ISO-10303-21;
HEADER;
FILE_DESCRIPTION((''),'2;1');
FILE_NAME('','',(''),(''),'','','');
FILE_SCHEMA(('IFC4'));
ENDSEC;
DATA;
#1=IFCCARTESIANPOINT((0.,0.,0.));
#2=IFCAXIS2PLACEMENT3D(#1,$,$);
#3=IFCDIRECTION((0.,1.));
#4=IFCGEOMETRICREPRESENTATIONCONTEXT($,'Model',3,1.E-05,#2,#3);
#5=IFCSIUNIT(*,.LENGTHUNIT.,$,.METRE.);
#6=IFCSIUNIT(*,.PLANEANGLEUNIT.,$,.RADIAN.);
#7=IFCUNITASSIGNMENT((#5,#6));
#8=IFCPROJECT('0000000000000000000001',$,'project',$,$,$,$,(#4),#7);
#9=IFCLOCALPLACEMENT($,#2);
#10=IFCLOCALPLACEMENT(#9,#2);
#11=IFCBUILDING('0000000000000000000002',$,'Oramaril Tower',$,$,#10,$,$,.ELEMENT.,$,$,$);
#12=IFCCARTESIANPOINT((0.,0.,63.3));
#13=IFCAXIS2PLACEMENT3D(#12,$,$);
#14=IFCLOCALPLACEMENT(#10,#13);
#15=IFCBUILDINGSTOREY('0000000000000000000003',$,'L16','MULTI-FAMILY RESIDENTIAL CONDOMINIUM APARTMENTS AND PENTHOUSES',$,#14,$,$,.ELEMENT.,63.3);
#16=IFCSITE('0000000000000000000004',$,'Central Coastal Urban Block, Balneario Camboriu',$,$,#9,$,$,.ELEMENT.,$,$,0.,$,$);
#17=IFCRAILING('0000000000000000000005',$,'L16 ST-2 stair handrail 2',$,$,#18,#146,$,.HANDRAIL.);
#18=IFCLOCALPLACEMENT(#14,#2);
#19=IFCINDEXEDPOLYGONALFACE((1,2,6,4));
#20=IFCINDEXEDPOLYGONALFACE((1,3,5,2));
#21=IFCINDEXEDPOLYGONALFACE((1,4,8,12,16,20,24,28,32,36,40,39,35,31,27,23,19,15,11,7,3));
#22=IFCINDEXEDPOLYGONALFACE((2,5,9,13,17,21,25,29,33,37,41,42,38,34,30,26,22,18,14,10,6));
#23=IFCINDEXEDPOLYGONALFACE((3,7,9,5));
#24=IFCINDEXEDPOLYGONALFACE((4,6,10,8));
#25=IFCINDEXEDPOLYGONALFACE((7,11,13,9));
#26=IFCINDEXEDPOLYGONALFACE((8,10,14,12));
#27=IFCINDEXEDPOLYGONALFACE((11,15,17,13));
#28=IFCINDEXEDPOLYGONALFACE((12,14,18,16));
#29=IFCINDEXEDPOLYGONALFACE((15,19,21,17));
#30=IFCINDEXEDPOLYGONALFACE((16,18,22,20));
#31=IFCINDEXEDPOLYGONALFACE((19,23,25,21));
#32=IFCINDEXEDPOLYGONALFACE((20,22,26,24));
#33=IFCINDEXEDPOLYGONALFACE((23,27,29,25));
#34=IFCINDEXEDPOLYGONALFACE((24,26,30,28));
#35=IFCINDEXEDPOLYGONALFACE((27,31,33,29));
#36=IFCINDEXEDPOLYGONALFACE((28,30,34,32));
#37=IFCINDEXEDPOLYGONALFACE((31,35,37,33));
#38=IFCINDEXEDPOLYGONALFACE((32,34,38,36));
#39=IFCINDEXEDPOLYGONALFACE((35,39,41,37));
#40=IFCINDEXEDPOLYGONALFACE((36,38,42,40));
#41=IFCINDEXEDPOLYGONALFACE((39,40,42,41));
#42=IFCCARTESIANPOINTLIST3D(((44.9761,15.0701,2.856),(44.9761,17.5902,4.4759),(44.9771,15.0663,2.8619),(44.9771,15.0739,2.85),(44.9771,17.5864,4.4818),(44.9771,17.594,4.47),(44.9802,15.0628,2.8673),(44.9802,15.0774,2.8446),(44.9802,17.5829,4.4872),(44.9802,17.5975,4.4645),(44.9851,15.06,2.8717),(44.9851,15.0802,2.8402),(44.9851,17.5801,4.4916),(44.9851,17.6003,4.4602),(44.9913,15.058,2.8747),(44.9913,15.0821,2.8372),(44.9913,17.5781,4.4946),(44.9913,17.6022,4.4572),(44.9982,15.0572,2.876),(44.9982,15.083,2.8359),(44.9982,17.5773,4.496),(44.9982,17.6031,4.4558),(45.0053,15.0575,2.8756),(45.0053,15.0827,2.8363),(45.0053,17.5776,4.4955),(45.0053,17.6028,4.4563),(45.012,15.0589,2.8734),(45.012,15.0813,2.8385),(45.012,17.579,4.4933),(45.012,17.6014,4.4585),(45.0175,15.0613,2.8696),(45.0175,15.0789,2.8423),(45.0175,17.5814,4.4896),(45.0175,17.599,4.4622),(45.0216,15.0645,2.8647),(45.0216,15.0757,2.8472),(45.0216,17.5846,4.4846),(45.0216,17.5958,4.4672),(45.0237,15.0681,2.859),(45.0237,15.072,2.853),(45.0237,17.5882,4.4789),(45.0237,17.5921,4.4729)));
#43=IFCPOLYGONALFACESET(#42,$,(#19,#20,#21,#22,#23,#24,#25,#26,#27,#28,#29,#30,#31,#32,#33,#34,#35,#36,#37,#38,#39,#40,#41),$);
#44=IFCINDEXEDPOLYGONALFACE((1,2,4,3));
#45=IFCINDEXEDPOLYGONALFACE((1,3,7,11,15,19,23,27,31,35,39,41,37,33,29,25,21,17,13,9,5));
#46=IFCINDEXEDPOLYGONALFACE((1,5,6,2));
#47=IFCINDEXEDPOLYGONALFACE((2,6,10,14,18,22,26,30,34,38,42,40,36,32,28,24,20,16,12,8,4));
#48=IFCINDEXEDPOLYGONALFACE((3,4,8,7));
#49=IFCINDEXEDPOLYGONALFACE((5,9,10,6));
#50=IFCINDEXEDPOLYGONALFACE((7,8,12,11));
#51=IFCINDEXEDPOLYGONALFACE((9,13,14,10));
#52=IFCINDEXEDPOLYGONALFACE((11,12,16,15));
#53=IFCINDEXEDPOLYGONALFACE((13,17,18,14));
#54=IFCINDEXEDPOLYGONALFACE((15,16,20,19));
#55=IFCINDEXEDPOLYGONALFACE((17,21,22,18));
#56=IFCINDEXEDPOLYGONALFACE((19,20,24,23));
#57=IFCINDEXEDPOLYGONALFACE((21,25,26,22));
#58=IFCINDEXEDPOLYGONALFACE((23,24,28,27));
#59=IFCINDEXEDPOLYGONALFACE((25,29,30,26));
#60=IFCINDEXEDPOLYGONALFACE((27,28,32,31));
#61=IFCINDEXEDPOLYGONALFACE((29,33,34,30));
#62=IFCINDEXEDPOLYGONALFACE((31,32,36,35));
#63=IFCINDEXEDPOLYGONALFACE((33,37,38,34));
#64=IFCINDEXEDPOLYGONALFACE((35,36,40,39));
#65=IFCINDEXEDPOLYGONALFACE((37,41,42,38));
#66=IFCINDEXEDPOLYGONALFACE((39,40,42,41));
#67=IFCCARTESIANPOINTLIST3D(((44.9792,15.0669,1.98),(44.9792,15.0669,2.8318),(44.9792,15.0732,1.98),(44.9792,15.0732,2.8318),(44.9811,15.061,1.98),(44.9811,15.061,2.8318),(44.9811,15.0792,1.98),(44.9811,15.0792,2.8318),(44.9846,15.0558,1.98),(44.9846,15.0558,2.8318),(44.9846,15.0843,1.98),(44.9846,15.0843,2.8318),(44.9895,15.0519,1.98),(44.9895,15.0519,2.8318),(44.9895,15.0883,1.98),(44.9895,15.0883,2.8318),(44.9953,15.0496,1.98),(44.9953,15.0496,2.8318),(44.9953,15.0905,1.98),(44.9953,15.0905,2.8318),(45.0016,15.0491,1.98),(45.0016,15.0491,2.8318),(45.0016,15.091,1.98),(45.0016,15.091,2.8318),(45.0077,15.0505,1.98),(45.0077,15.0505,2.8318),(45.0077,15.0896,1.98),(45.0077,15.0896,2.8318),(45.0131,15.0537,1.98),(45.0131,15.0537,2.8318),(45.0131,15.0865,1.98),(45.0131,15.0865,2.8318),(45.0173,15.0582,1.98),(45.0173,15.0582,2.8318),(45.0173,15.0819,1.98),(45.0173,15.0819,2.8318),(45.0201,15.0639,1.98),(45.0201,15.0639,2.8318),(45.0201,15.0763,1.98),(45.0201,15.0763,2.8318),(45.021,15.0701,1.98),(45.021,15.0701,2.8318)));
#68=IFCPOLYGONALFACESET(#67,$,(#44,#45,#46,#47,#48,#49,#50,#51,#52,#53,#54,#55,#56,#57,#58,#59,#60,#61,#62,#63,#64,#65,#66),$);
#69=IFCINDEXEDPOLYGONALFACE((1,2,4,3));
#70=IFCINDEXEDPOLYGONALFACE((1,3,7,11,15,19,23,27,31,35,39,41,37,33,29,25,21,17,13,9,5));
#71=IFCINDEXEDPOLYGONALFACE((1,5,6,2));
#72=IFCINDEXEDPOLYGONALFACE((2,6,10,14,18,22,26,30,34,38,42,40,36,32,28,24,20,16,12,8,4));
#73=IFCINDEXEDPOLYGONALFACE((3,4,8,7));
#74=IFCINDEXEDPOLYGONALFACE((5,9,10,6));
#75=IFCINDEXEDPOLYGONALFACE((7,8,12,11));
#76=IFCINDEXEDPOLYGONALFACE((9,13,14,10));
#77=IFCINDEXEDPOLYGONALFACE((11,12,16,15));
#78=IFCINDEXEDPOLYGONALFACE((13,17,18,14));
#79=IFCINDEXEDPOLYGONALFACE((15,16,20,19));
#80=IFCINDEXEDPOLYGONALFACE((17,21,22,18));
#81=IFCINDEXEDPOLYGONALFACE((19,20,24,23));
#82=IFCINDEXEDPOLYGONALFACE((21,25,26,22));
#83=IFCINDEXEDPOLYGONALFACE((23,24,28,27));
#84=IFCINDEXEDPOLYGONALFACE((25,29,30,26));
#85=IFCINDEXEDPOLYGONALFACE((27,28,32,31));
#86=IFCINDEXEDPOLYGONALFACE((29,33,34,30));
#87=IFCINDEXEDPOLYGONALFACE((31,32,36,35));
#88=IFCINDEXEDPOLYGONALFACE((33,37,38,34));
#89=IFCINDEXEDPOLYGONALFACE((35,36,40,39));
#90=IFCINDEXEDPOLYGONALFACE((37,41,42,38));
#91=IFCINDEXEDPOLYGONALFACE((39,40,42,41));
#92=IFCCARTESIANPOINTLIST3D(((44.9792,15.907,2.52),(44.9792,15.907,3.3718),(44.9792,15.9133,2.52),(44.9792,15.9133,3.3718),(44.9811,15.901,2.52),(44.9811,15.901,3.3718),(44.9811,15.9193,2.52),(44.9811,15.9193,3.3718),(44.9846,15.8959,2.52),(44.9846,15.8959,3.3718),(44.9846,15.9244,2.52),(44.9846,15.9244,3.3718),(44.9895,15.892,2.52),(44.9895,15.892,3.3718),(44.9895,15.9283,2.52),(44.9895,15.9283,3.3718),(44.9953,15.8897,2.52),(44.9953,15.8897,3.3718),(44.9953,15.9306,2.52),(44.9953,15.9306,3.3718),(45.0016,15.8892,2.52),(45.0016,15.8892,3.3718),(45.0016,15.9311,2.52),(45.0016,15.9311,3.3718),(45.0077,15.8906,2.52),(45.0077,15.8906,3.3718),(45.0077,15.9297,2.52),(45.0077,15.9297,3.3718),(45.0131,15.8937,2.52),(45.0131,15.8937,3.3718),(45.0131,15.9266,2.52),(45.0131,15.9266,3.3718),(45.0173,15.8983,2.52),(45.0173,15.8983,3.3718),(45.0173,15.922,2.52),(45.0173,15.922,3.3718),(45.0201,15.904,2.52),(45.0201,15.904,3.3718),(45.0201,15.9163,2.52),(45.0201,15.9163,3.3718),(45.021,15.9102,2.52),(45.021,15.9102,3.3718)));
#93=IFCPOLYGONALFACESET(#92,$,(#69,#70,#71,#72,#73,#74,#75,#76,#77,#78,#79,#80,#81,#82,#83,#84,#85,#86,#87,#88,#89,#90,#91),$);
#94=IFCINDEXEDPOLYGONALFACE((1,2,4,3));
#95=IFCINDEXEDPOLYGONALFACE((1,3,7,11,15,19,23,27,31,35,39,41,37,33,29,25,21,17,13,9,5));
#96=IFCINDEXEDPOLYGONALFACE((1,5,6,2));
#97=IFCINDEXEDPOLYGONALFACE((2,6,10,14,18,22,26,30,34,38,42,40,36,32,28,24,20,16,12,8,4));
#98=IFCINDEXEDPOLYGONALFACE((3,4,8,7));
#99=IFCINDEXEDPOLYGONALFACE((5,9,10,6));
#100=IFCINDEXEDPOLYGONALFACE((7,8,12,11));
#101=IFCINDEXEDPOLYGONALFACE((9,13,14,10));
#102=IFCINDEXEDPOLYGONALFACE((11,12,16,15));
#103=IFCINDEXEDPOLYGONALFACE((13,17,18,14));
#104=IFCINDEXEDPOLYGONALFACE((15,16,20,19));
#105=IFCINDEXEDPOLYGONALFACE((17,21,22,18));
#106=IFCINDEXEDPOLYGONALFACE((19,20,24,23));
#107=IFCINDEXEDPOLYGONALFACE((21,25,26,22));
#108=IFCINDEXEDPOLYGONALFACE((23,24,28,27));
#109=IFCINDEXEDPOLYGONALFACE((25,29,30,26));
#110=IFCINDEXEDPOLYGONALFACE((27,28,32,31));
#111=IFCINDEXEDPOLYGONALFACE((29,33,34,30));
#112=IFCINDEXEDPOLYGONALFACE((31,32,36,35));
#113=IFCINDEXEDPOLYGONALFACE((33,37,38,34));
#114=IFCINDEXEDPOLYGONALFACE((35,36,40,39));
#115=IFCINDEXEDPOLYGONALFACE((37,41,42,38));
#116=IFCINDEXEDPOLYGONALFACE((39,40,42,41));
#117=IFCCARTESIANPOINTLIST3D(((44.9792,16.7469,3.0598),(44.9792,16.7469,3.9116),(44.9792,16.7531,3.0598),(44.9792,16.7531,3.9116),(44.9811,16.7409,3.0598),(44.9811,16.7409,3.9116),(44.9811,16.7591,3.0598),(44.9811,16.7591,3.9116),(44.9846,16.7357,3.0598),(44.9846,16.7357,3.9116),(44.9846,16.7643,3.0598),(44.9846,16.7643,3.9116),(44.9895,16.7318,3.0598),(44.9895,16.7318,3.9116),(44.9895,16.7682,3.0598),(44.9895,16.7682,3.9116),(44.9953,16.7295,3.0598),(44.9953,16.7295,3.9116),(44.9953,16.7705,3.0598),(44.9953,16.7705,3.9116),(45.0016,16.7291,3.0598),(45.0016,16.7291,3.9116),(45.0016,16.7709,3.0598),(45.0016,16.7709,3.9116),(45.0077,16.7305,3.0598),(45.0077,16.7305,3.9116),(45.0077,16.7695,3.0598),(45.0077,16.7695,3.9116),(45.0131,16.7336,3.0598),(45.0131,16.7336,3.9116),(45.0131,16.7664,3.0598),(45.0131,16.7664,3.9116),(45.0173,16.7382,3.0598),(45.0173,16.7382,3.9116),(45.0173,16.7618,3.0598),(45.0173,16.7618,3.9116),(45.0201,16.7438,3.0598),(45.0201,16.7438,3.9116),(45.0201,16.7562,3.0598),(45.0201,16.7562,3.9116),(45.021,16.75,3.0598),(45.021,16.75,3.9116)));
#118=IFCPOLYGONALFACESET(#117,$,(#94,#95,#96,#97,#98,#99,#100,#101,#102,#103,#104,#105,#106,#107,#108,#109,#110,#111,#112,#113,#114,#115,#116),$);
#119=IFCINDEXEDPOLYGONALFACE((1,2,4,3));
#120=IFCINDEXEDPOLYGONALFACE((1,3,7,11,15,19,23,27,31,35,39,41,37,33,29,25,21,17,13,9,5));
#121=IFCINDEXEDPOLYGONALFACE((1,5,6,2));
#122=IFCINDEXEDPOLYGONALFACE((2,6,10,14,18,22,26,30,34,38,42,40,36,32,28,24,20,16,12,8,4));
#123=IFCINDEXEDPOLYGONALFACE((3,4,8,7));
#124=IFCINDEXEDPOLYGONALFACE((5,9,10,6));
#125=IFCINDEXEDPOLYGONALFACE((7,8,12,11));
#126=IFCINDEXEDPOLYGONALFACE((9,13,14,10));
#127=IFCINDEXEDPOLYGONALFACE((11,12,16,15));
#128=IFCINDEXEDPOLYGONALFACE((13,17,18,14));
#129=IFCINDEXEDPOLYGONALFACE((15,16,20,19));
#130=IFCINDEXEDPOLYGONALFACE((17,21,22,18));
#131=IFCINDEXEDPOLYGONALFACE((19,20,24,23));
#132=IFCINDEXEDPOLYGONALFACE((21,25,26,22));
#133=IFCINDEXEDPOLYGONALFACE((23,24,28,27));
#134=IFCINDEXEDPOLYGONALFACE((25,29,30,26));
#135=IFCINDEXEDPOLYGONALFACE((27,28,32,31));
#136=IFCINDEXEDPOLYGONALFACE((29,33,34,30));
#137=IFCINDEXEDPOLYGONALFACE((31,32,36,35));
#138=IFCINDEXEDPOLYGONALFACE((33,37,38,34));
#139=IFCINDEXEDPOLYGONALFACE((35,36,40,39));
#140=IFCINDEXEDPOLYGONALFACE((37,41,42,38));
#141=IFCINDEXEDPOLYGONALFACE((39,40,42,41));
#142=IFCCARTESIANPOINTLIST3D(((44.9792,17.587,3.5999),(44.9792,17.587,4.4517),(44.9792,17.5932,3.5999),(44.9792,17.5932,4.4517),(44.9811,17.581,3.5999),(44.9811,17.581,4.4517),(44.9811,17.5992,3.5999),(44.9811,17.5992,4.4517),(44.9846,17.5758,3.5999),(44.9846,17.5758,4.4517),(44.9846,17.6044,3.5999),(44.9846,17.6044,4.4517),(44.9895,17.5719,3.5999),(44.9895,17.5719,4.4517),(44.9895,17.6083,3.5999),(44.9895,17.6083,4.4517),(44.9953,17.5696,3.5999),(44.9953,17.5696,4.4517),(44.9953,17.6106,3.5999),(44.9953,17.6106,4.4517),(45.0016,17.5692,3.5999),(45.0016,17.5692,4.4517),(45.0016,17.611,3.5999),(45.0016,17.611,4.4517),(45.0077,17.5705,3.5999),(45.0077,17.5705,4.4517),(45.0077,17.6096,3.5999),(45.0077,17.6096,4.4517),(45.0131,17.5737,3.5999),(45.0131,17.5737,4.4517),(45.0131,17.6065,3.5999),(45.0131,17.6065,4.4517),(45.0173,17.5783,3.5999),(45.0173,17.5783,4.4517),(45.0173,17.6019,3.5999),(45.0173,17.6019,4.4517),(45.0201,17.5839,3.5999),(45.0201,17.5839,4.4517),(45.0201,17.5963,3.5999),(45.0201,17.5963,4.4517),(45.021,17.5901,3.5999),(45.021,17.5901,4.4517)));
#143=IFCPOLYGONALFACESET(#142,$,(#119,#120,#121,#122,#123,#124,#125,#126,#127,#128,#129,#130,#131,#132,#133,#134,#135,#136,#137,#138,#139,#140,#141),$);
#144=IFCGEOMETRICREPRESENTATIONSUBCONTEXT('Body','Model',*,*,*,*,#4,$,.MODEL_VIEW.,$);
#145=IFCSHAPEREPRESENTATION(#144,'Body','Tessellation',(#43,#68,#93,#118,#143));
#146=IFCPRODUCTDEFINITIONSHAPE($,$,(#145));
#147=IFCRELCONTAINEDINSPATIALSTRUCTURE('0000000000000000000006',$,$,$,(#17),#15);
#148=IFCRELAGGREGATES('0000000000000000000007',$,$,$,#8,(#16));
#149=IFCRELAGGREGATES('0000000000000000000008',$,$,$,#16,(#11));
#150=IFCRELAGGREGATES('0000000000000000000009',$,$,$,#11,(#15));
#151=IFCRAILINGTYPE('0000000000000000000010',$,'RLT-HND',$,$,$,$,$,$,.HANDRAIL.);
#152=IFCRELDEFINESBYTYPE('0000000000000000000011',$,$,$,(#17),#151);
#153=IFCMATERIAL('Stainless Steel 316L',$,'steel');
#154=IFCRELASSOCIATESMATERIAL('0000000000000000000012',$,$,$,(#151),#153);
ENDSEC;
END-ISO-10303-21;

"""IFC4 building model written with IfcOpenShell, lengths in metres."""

from ifc_helpers import new_model, si_unit, direction, frame, origin, origin_2d, place, context, subcontext, project, spatial, circle, extrude, material, type_object, element, save


model = new_model("IFC4")

# Units and contexts
model_context = context("Model", 3, precision=1e-05, world=origin(), true_north=direction((0.0, 1.0)))
body_context = subcontext(model_context, "Body", "Model", "MODEL_VIEW")
ifc_project = project(units=[si_unit("LENGTHUNIT", "METRE"), si_unit("PLANEANGLEUNIT", "RADIAN")], contexts=[model_context])

# Site, building, storey
site_placement = place(None, origin())
site = spatial("IfcSite", under=ifc_project, at=site_placement, Name="Central Coastal Urban Block, Balneario Camboriu", CompositionType="ELEMENT", RefElevation=0.0)
building_placement = place(site_placement, origin())
building = spatial("IfcBuilding", under=site, at=building_placement, Name="Oramaril Tower", CompositionType="ELEMENT")
storey_placement = place(building_placement, frame((0.0, 0.0, 63.3)))
storey = spatial("IfcBuildingStorey", under=building, at=storey_placement, Name="L16", Description="MULTI-FAMILY RESIDENTIAL CONDOMINIUM APARTMENTS AND PENTHOUSES", CompositionType="ELEMENT", Elevation=63.3)

# Railing
ifc_material_1 = material(Name="Stainless Steel 316L", Category="steel")
railing_type_1 = type_object("IfcRailingType", Name="RLT-HND", PredefinedType="HANDRAIL", material=ifc_material_1)
railing_1_placement = place(storey_placement, frame((45.0, 15.0701, 1.98)))
element("IfcRailing", 1, at=railing_1_placement, inside=storey, type_object=railing_type_1, Name="L16 ST-2 stair handrail 2", PredefinedType="HANDRAIL", context=body_context, shape_type="SweptSolid", body=[
    extrude(circle(Radius=0.0239, at=origin_2d()), frame((0.0, 0.0, 0.876), z_axis=(0.0, 0.8412, 0.540725), x_axis=(-1.0, 0.0, 0.0)), (0.0, 0.0, 1.0), 2.9958),
    extrude(circle(Radius=0.021, at=origin_2d()), origin(), (0.0, 0.0, 1.0), 0.8518),
    extrude(circle(Radius=0.021, at=origin_2d()), frame((0.0, 0.8401, 0.54)), (0.0, 0.0, 1.0), 0.8518),
    extrude(circle(Radius=0.021, at=origin_2d()), frame((0.0, 1.6799, 1.0798)), (0.0, 0.0, 1.0), 0.8518),
    extrude(circle(Radius=0.021, at=origin_2d()), frame((0.0, 2.52, 1.6199)), (0.0, 0.0, 1.0), 0.8518),
])

save(model, "model.ifc")
